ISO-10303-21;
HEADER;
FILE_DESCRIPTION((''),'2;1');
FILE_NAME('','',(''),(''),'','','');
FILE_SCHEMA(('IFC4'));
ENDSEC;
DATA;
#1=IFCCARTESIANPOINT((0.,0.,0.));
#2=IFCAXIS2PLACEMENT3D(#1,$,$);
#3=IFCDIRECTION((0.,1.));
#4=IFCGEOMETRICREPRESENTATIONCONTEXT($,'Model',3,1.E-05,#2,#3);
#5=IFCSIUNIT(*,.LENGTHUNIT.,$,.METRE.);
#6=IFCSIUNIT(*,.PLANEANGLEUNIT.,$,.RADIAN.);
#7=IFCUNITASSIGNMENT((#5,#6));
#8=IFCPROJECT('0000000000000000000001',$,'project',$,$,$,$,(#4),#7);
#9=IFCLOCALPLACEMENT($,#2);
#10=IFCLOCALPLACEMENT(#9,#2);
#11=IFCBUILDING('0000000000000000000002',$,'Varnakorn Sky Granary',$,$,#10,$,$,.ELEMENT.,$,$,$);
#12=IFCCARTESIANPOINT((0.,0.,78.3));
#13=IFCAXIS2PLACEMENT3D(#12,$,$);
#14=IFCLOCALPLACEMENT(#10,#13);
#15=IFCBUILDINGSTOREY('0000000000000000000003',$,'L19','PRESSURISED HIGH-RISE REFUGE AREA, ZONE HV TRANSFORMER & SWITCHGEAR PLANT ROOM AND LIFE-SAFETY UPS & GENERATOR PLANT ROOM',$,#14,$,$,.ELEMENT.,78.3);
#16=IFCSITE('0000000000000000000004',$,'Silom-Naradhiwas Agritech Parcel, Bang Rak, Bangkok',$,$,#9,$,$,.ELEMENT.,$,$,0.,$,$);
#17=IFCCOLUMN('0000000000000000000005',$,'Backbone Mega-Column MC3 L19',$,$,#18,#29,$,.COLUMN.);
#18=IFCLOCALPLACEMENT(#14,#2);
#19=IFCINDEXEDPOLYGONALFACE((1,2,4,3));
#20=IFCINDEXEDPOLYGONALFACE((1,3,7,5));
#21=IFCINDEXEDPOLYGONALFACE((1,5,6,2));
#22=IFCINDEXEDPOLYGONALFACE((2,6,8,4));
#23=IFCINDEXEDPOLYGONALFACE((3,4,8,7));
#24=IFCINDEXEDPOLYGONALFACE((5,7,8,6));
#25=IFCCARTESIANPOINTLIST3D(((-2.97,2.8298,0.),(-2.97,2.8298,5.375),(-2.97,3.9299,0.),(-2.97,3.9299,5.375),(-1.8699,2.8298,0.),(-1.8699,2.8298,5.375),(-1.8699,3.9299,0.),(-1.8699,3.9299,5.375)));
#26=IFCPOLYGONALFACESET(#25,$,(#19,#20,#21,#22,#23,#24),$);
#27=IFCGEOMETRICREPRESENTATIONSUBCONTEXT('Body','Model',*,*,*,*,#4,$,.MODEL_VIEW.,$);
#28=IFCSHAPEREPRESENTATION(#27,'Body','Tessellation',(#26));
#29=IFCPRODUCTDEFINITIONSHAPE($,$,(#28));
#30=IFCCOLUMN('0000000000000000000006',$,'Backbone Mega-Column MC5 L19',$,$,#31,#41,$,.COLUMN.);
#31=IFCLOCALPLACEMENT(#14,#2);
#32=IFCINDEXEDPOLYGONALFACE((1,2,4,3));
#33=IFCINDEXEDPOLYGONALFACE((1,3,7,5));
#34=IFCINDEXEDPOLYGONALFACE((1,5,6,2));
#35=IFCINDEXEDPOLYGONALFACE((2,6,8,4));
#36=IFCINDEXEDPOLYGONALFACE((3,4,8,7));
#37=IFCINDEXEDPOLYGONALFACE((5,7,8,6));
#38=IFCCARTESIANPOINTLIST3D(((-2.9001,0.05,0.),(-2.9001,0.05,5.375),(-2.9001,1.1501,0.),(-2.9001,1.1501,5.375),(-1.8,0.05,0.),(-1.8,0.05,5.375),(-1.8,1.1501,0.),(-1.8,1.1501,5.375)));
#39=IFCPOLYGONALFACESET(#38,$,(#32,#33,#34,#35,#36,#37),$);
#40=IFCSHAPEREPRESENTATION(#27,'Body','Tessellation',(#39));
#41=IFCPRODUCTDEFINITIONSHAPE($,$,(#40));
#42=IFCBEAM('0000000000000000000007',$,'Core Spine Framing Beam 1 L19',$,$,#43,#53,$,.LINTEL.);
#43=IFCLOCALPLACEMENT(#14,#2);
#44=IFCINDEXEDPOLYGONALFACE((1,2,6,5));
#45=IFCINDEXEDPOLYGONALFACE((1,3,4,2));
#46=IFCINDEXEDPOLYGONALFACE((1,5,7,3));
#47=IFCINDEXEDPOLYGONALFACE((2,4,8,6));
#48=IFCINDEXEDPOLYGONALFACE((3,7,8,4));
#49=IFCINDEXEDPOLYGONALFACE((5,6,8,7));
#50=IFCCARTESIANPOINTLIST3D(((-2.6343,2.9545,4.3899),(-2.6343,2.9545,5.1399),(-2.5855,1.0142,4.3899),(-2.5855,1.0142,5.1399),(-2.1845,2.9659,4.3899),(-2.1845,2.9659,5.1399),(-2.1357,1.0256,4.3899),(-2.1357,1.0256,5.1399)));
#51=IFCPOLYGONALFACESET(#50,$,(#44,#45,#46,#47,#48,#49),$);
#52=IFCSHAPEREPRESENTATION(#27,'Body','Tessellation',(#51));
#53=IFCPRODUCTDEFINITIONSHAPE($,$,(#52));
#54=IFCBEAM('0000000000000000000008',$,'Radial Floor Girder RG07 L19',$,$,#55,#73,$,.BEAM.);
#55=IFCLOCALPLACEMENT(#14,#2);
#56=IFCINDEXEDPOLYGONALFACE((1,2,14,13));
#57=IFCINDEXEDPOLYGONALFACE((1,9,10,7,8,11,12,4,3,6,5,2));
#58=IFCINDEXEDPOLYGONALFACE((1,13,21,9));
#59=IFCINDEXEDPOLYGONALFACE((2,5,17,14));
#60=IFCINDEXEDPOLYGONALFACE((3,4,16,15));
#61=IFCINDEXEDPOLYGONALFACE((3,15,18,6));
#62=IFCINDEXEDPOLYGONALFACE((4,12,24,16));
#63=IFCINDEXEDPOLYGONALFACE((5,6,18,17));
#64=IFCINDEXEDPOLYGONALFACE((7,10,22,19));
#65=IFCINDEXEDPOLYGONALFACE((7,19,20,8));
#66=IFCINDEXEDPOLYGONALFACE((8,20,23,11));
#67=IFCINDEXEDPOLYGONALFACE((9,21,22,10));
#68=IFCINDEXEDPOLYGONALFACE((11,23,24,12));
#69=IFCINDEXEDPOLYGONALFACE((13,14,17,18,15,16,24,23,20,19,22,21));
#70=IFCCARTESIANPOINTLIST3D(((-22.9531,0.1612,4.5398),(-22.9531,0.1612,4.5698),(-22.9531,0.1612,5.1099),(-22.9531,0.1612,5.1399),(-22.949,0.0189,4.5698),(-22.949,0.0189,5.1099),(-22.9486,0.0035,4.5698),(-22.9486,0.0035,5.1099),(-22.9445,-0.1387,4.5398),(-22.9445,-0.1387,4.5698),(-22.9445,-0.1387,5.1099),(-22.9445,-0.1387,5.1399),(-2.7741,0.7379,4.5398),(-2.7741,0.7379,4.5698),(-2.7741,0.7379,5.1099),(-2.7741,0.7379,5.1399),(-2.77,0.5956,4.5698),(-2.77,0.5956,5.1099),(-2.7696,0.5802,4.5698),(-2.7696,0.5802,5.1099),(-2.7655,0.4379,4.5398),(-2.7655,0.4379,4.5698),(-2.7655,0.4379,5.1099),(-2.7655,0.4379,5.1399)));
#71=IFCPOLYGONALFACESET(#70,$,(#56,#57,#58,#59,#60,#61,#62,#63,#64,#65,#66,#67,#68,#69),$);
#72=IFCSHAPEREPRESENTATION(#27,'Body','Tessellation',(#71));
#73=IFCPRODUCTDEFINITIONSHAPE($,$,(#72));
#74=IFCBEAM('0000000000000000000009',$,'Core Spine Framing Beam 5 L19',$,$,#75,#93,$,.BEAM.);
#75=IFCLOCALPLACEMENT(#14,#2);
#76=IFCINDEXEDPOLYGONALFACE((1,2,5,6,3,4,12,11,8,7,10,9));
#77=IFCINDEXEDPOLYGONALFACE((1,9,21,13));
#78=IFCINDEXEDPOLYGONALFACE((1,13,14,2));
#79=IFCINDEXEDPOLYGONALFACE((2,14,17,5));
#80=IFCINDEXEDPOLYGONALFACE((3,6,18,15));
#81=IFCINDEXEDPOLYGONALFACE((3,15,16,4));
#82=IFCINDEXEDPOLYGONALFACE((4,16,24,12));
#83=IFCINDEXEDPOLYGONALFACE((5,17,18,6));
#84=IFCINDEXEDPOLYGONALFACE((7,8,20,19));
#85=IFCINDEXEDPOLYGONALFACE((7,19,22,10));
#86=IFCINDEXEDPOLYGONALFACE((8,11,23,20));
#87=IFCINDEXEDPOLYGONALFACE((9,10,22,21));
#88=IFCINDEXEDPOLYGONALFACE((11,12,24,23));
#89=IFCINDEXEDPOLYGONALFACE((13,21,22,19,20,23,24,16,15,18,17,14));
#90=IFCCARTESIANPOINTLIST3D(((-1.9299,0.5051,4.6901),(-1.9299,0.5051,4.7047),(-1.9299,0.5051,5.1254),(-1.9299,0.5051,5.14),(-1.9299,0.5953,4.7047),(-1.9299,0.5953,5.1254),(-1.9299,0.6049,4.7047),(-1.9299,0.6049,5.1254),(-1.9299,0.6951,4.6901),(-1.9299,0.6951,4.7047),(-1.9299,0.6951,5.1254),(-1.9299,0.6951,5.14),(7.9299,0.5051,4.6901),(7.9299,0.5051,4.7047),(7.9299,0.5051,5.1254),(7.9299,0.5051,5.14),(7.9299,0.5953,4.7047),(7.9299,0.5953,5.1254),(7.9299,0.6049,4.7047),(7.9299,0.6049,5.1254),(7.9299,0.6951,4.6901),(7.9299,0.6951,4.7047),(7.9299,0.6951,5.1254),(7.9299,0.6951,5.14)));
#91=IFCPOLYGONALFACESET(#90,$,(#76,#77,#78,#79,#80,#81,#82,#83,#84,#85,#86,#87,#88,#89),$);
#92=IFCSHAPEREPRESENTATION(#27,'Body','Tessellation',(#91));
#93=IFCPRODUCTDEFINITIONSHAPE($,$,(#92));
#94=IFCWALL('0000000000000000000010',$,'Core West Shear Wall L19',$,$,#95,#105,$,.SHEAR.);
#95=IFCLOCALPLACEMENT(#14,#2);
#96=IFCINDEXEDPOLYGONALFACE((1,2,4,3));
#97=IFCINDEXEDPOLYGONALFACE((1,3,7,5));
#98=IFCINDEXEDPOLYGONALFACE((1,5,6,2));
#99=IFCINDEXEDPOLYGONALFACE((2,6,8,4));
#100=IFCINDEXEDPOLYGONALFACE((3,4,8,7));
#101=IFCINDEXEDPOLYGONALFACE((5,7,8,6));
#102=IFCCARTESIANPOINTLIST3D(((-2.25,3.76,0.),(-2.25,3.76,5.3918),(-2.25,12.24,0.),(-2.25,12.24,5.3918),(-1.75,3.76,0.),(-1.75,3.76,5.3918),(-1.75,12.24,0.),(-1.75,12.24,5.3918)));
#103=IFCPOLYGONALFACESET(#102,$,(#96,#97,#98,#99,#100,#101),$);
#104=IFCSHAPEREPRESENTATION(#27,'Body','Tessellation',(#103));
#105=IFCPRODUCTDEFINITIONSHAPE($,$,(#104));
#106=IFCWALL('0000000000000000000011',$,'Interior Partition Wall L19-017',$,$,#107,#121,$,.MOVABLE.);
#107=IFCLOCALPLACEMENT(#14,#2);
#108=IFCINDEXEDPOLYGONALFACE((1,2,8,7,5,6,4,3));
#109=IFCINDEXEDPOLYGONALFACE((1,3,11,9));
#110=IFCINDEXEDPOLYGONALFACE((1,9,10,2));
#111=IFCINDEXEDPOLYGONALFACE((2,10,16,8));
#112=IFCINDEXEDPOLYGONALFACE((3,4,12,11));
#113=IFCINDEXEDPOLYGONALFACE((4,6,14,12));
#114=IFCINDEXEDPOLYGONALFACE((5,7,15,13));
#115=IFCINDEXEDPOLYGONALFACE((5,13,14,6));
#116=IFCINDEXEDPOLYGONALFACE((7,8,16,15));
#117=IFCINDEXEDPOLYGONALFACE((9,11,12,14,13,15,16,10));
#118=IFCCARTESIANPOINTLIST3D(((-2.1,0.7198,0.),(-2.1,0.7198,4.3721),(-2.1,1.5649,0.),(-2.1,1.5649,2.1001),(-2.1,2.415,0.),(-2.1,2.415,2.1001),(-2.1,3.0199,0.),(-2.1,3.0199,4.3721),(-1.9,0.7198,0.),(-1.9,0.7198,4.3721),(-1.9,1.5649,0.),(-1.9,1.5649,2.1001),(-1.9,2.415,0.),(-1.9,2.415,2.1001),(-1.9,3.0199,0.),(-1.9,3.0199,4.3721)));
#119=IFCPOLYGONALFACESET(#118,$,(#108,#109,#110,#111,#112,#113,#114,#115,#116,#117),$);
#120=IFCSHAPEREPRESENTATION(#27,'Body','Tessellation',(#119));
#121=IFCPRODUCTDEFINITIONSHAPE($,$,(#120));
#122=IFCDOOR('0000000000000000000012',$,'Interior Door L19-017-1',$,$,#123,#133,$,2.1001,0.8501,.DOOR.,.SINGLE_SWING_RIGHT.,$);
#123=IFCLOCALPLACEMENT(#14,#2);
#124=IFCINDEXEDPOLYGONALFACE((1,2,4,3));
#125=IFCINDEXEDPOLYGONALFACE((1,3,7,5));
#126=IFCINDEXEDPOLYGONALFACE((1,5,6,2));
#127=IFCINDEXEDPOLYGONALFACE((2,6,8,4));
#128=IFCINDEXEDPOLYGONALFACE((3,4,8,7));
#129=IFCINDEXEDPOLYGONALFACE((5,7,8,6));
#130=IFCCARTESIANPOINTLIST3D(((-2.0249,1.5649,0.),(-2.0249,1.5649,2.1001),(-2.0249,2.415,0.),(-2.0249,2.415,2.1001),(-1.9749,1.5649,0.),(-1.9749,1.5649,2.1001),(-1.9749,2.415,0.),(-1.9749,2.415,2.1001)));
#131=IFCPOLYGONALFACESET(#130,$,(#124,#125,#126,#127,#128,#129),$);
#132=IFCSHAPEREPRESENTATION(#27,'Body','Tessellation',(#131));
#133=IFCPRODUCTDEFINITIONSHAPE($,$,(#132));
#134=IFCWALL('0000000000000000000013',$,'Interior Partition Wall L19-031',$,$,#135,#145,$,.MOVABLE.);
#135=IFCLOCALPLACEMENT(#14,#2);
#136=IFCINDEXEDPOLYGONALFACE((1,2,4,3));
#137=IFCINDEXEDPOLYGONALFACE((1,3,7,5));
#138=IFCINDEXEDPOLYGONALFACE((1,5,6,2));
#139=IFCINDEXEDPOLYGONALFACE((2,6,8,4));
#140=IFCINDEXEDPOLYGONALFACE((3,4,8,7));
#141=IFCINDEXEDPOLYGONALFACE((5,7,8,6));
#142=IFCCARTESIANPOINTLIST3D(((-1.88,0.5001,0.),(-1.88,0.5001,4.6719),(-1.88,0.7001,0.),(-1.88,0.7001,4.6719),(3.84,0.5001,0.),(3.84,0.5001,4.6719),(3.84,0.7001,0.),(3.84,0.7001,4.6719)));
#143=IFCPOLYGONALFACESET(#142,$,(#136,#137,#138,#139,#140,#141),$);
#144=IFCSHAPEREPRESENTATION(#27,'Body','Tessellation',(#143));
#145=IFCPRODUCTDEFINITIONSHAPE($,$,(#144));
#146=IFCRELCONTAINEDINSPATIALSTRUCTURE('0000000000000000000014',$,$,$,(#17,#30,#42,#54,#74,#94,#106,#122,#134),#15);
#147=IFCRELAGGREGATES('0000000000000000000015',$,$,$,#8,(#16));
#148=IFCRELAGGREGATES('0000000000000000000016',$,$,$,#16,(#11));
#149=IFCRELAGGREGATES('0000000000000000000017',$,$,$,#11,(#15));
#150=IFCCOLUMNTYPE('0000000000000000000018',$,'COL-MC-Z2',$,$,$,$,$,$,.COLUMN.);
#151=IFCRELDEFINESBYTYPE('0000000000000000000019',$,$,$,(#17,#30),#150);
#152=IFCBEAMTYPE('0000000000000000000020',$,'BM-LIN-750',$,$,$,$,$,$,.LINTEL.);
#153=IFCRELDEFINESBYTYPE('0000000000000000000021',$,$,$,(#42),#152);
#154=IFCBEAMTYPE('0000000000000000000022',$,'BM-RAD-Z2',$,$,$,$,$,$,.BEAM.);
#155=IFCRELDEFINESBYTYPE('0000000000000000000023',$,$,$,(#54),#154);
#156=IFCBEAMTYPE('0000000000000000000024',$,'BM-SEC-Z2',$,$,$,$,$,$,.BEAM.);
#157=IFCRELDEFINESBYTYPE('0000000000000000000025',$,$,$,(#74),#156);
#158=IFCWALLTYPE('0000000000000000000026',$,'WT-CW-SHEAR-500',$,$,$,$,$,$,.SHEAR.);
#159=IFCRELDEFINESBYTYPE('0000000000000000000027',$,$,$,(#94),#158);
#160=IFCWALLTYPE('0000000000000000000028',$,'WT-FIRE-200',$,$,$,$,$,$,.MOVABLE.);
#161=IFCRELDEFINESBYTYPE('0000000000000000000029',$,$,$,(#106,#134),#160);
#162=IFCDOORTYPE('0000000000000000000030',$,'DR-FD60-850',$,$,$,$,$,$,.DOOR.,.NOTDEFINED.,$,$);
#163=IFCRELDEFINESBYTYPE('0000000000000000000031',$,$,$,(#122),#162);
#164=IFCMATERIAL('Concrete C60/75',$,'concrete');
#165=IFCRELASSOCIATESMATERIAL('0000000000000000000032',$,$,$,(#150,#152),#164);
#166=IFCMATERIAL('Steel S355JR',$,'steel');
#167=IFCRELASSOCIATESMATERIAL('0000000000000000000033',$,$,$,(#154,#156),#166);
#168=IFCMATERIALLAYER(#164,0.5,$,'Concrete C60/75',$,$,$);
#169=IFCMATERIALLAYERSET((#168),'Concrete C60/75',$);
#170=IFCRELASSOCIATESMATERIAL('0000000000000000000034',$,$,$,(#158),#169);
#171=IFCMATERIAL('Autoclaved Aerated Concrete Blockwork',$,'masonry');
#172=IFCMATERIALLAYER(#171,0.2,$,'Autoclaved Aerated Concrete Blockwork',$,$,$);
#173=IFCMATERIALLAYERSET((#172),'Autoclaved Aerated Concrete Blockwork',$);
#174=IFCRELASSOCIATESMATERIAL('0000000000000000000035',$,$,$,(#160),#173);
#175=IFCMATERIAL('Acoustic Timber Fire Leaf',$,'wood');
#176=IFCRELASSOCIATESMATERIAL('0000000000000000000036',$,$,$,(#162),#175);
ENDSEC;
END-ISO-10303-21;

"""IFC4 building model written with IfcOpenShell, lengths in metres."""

from ifc_helpers import new_model, si_unit, direction, frame, frame_2d, origin, origin_2d, place, context, subcontext, project, spatial, rectangle, i_section, extrude, material, layer, layer_set, material_profile, profile_set, type_object, element, fill, save


model = new_model("IFC4")

# Units and contexts
model_context = context("Model", 3, precision=1e-05, world=origin(), true_north=direction((0.0, 1.0)))
body_context = subcontext(model_context, "Body", "Model", "MODEL_VIEW")
ifc_project = project(units=[si_unit("LENGTHUNIT", "METRE"), si_unit("PLANEANGLEUNIT", "RADIAN")], contexts=[model_context])

# Site, building, storey
site_placement = place(None, origin())
site = spatial("IfcSite", under=ifc_project, at=site_placement, Name="Silom-Naradhiwas Agritech Parcel, Bang Rak, Bangkok", CompositionType="ELEMENT", RefElevation=0.0)
building_placement = place(site_placement, origin())
building = spatial("IfcBuilding", under=site, at=building_placement, Name="Varnakorn Sky Granary", CompositionType="ELEMENT")
storey_placement = place(building_placement, frame((0.0, 0.0, 78.3)))
storey = spatial("IfcBuildingStorey", under=building, at=storey_placement, Name="L19", Description="PRESSURISED HIGH-RISE REFUGE AREA, ZONE HV TRANSFORMER & SWITCHGEAR PLANT ROOM AND LIFE-SAFETY UPS & GENERATOR PLANT ROOM", CompositionType="ELEMENT", Elevation=78.3)

# Columns
ifc_material_1 = material(Name="Concrete C60/75", Category="concrete")
ifc_material_profile_1 = material_profile(ifc_material_1, rectangle(XDim=1.1001, YDim=1.1001, at=origin_2d()), Name="RC 1100x1100")
ifc_profile_set_1 = profile_set([ifc_material_profile_1], Name="Concrete C60/75")
column_type = type_object("IfcColumnType", Name="COL-MC-Z2", PredefinedType="COLUMN", material=ifc_profile_set_1)
for number, where, z_axis, x_axis, name in (
    (1, (-2.4199, 3.3799, 0.0), (0.0, 0.0, 1.0), (1.0, 0.0, 0.0), "Backbone Mega-Column MC3 L19"),
    (2, (-2.3501, 0.6001, 0.0), (0.0, 0.0, 1.0), (1.0, 0.0, 0.0), "Backbone Mega-Column MC5 L19"),
):
    element("IfcColumn", number, at=place(storey_placement, frame(where, z_axis=z_axis, x_axis=x_axis)), inside=storey, type_object=column_type, Name=name, PredefinedType="COLUMN", context=body_context, shape_type="SweptSolid", body=[
        extrude(rectangle(XDim=1.1001, YDim=1.1001, at=origin_2d()), origin(), (0.0, 0.0, 1.0), 5.375),
    ])

# Beams
ifc_material_profile_2 = material_profile(ifc_material_1, rectangle(XDim=0.45, YDim=0.75, at=origin_2d()), Name="RC 450x750")
ifc_profile_set_2 = profile_set([ifc_material_profile_2], Name="Concrete C60/75")
beam_type_1 = type_object("IfcBeamType", Name="BM-LIN-750", PredefinedType="LINTEL", material=ifc_profile_set_2)
beam_1_placement = place(storey_placement, frame((-2.4094, 2.9602, 4.7649), z_axis=(0.025159, -0.999683, 0.0), x_axis=(0.999683, 0.025159, 0.0)))
element("IfcBeam", 3, at=beam_1_placement, inside=storey, type_object=beam_type_1, Name="Core Spine Framing Beam 1 L19", PredefinedType="LINTEL", context=body_context, shape_type="SweptSolid", body=[
    extrude(rectangle(XDim=0.45, YDim=0.75, at=origin_2d()), origin(), (0.0, 0.0, 1.0), 1.9409),
])
ifc_material_2 = material(Name="Steel S355JR", Category="steel")
ifc_material_profile_3 = material_profile(ifc_material_2, i_section(OverallWidth=0.3, OverallDepth=0.6001, WebThickness=0.0154, FlangeThickness=0.03, at=origin_2d()), Name="HE 600 B")
ifc_profile_set_3 = profile_set([ifc_material_profile_3], Name="Steel S355JR")
beam_type_2 = type_object("IfcBeamType", Name="BM-RAD-Z2", PredefinedType="BEAM", material=ifc_profile_set_3)
beam_2_placement = place(storey_placement, frame((-2.7698, 0.5879, 4.8398), z_axis=(-0.999592, -0.028566, 0.0), x_axis=(0.028566, -0.999592, 0.0)))
element("IfcBeam", 4, at=beam_2_placement, inside=storey, type_object=beam_type_2, Name="Radial Floor Girder RG07 L19", PredefinedType="BEAM", context=body_context, shape_type="SweptSolid", body=[
    extrude(i_section(OverallWidth=0.3, OverallDepth=0.6001, WebThickness=0.0154, FlangeThickness=0.03, at=origin_2d()), origin(), (0.0, 0.0, 1.0), 20.1873),
])
ifc_material_profile_4 = material_profile(ifc_material_2, i_section(OverallWidth=0.1899, OverallDepth=0.45, WebThickness=0.0095, FlangeThickness=0.0146, at=origin_2d()), Name="IPE 450")
ifc_profile_set_4 = profile_set([ifc_material_profile_4], Name="Steel S355JR")
beam_type_3 = type_object("IfcBeamType", Name="BM-SEC-Z2", PredefinedType="BEAM", material=ifc_profile_set_4)
beam_3_placement = place(storey_placement, frame((-1.9299, 0.6001, 4.915), z_axis=(1.0, 0.0, 0.0), x_axis=(0.0, 1.0, 0.0)))
element("IfcBeam", 5, at=beam_3_placement, inside=storey, type_object=beam_type_3, Name="Core Spine Framing Beam 5 L19", PredefinedType="BEAM", context=body_context, shape_type="SweptSolid", body=[
    extrude(i_section(OverallWidth=0.1899, OverallDepth=0.45, WebThickness=0.0095, FlangeThickness=0.0146, at=origin_2d()), origin(), (0.0, 0.0, 1.0), 9.8599),
])

# Shared definitions
ifc_layer_1 = layer(ifc_material_1, 0.5, Name="Concrete C60/75")
ifc_layer_set_1 = layer_set([ifc_layer_1], Name="Concrete C60/75")
wall_type_1 = type_object("IfcWallType", Name="WT-CW-SHEAR-500", PredefinedType="SHEAR", material=ifc_layer_set_1)

# Wall
wall_1_placement = place(storey_placement, frame((-2.0, 3.76, 0.0), z_axis=(0.0, 0.0, 1.0), x_axis=(0.0, 1.0, 0.0)))
element("IfcWall", 6, at=wall_1_placement, inside=storey, type_object=wall_type_1, Name="Core West Shear Wall L19", PredefinedType="SHEAR", context=body_context, shape_type="SweptSolid", body=[
    extrude(rectangle(XDim=8.48, YDim=0.5, at=frame_2d((4.24, 0.0))), origin(), (0.0, 0.0, 1.0), 5.3918),
])

# Wall, opening, door
ifc_material_3 = material(Name="Autoclaved Aerated Concrete Blockwork", Category="masonry")
ifc_layer_2 = layer(ifc_material_3, 0.2, Name="Autoclaved Aerated Concrete Blockwork")
ifc_layer_set_2 = layer_set([ifc_layer_2], Name="Autoclaved Aerated Concrete Blockwork")
wall_type_2 = type_object("IfcWallType", Name="WT-FIRE-200", PredefinedType="MOVABLE", material=ifc_layer_set_2)
wall_2_placement = place(storey_placement, frame((-2.0, 0.72, 0.0), z_axis=(0.0, 0.0, 1.0), x_axis=(0.0, 1.0, 0.0)))
wall_2 = element("IfcWall", 7, at=wall_2_placement, inside=storey, type_object=wall_type_2, Name="Interior Partition Wall L19-017", PredefinedType="MOVABLE", context=body_context, shape_type="SweptSolid", body=[
    extrude(rectangle(XDim=2.3, YDim=0.2, at=frame_2d((1.1499, 0.0))), origin(), (0.0, 0.0, 1.0), 4.3721),
])
opening_1_placement = place(wall_2_placement, frame((0.845, 0.0, 0.0)))
opening_1 = element("IfcOpeningElement", 8, at=opening_1_placement, cuts=wall_2, PredefinedType="OPENING", context=body_context, shape_type="SweptSolid", body=[
    extrude(rectangle(XDim=0.8501, YDim=2.1001, at=frame_2d((0.425, 1.05))), frame((0.0, 0.1099, 0.0), z_axis=(0.0, -1.0, 0.0), x_axis=(1.0, 0.0, 0.0)), (0.0, 0.0, 1.0), 0.22),
])
ifc_material_4 = material(Name="Acoustic Timber Fire Leaf", Category="wood")
door_type_1 = type_object("IfcDoorType", Name="DR-FD60-850", OperationType="NOTDEFINED", PredefinedType="DOOR", material=ifc_material_4)
door_1_placement = place(opening_1_placement, origin())
door_1 = element("IfcDoor", 9, at=door_1_placement, inside=storey, type_object=door_type_1, Name="Interior Door L19-017-1", OperationType="SINGLE_SWING_RIGHT", OverallHeight=2.1001, OverallWidth=0.8501, PredefinedType="DOOR", context=body_context, shape_type="SweptSolid", body=[
    extrude(rectangle(XDim=0.8501, YDim=2.1001, at=frame_2d((0.425, 1.05))), frame((0.0, 0.0249, 0.0), z_axis=(0.0, -1.0, 0.0), x_axis=(1.0, 0.0, 0.0)), (0.0, 0.0, 1.0), 0.05),
])
fill(opening_1, door_1)

# Wall
wall_3_placement = place(storey_placement, frame((-1.8799, 0.6001, 0.0), z_axis=(0.0, 0.0, 1.0), x_axis=(1.0, 0.0, 0.0)))
element("IfcWall", 10, at=wall_3_placement, inside=storey, type_object=wall_type_2, Name="Interior Partition Wall L19-031", PredefinedType="MOVABLE", context=body_context, shape_type="SweptSolid", body=[
    extrude(rectangle(XDim=5.72, YDim=0.2, at=frame_2d((2.8599, 0.0))), origin(), (0.0, 0.0, 1.0), 4.6719),
])

save(model, "model.ifc")
